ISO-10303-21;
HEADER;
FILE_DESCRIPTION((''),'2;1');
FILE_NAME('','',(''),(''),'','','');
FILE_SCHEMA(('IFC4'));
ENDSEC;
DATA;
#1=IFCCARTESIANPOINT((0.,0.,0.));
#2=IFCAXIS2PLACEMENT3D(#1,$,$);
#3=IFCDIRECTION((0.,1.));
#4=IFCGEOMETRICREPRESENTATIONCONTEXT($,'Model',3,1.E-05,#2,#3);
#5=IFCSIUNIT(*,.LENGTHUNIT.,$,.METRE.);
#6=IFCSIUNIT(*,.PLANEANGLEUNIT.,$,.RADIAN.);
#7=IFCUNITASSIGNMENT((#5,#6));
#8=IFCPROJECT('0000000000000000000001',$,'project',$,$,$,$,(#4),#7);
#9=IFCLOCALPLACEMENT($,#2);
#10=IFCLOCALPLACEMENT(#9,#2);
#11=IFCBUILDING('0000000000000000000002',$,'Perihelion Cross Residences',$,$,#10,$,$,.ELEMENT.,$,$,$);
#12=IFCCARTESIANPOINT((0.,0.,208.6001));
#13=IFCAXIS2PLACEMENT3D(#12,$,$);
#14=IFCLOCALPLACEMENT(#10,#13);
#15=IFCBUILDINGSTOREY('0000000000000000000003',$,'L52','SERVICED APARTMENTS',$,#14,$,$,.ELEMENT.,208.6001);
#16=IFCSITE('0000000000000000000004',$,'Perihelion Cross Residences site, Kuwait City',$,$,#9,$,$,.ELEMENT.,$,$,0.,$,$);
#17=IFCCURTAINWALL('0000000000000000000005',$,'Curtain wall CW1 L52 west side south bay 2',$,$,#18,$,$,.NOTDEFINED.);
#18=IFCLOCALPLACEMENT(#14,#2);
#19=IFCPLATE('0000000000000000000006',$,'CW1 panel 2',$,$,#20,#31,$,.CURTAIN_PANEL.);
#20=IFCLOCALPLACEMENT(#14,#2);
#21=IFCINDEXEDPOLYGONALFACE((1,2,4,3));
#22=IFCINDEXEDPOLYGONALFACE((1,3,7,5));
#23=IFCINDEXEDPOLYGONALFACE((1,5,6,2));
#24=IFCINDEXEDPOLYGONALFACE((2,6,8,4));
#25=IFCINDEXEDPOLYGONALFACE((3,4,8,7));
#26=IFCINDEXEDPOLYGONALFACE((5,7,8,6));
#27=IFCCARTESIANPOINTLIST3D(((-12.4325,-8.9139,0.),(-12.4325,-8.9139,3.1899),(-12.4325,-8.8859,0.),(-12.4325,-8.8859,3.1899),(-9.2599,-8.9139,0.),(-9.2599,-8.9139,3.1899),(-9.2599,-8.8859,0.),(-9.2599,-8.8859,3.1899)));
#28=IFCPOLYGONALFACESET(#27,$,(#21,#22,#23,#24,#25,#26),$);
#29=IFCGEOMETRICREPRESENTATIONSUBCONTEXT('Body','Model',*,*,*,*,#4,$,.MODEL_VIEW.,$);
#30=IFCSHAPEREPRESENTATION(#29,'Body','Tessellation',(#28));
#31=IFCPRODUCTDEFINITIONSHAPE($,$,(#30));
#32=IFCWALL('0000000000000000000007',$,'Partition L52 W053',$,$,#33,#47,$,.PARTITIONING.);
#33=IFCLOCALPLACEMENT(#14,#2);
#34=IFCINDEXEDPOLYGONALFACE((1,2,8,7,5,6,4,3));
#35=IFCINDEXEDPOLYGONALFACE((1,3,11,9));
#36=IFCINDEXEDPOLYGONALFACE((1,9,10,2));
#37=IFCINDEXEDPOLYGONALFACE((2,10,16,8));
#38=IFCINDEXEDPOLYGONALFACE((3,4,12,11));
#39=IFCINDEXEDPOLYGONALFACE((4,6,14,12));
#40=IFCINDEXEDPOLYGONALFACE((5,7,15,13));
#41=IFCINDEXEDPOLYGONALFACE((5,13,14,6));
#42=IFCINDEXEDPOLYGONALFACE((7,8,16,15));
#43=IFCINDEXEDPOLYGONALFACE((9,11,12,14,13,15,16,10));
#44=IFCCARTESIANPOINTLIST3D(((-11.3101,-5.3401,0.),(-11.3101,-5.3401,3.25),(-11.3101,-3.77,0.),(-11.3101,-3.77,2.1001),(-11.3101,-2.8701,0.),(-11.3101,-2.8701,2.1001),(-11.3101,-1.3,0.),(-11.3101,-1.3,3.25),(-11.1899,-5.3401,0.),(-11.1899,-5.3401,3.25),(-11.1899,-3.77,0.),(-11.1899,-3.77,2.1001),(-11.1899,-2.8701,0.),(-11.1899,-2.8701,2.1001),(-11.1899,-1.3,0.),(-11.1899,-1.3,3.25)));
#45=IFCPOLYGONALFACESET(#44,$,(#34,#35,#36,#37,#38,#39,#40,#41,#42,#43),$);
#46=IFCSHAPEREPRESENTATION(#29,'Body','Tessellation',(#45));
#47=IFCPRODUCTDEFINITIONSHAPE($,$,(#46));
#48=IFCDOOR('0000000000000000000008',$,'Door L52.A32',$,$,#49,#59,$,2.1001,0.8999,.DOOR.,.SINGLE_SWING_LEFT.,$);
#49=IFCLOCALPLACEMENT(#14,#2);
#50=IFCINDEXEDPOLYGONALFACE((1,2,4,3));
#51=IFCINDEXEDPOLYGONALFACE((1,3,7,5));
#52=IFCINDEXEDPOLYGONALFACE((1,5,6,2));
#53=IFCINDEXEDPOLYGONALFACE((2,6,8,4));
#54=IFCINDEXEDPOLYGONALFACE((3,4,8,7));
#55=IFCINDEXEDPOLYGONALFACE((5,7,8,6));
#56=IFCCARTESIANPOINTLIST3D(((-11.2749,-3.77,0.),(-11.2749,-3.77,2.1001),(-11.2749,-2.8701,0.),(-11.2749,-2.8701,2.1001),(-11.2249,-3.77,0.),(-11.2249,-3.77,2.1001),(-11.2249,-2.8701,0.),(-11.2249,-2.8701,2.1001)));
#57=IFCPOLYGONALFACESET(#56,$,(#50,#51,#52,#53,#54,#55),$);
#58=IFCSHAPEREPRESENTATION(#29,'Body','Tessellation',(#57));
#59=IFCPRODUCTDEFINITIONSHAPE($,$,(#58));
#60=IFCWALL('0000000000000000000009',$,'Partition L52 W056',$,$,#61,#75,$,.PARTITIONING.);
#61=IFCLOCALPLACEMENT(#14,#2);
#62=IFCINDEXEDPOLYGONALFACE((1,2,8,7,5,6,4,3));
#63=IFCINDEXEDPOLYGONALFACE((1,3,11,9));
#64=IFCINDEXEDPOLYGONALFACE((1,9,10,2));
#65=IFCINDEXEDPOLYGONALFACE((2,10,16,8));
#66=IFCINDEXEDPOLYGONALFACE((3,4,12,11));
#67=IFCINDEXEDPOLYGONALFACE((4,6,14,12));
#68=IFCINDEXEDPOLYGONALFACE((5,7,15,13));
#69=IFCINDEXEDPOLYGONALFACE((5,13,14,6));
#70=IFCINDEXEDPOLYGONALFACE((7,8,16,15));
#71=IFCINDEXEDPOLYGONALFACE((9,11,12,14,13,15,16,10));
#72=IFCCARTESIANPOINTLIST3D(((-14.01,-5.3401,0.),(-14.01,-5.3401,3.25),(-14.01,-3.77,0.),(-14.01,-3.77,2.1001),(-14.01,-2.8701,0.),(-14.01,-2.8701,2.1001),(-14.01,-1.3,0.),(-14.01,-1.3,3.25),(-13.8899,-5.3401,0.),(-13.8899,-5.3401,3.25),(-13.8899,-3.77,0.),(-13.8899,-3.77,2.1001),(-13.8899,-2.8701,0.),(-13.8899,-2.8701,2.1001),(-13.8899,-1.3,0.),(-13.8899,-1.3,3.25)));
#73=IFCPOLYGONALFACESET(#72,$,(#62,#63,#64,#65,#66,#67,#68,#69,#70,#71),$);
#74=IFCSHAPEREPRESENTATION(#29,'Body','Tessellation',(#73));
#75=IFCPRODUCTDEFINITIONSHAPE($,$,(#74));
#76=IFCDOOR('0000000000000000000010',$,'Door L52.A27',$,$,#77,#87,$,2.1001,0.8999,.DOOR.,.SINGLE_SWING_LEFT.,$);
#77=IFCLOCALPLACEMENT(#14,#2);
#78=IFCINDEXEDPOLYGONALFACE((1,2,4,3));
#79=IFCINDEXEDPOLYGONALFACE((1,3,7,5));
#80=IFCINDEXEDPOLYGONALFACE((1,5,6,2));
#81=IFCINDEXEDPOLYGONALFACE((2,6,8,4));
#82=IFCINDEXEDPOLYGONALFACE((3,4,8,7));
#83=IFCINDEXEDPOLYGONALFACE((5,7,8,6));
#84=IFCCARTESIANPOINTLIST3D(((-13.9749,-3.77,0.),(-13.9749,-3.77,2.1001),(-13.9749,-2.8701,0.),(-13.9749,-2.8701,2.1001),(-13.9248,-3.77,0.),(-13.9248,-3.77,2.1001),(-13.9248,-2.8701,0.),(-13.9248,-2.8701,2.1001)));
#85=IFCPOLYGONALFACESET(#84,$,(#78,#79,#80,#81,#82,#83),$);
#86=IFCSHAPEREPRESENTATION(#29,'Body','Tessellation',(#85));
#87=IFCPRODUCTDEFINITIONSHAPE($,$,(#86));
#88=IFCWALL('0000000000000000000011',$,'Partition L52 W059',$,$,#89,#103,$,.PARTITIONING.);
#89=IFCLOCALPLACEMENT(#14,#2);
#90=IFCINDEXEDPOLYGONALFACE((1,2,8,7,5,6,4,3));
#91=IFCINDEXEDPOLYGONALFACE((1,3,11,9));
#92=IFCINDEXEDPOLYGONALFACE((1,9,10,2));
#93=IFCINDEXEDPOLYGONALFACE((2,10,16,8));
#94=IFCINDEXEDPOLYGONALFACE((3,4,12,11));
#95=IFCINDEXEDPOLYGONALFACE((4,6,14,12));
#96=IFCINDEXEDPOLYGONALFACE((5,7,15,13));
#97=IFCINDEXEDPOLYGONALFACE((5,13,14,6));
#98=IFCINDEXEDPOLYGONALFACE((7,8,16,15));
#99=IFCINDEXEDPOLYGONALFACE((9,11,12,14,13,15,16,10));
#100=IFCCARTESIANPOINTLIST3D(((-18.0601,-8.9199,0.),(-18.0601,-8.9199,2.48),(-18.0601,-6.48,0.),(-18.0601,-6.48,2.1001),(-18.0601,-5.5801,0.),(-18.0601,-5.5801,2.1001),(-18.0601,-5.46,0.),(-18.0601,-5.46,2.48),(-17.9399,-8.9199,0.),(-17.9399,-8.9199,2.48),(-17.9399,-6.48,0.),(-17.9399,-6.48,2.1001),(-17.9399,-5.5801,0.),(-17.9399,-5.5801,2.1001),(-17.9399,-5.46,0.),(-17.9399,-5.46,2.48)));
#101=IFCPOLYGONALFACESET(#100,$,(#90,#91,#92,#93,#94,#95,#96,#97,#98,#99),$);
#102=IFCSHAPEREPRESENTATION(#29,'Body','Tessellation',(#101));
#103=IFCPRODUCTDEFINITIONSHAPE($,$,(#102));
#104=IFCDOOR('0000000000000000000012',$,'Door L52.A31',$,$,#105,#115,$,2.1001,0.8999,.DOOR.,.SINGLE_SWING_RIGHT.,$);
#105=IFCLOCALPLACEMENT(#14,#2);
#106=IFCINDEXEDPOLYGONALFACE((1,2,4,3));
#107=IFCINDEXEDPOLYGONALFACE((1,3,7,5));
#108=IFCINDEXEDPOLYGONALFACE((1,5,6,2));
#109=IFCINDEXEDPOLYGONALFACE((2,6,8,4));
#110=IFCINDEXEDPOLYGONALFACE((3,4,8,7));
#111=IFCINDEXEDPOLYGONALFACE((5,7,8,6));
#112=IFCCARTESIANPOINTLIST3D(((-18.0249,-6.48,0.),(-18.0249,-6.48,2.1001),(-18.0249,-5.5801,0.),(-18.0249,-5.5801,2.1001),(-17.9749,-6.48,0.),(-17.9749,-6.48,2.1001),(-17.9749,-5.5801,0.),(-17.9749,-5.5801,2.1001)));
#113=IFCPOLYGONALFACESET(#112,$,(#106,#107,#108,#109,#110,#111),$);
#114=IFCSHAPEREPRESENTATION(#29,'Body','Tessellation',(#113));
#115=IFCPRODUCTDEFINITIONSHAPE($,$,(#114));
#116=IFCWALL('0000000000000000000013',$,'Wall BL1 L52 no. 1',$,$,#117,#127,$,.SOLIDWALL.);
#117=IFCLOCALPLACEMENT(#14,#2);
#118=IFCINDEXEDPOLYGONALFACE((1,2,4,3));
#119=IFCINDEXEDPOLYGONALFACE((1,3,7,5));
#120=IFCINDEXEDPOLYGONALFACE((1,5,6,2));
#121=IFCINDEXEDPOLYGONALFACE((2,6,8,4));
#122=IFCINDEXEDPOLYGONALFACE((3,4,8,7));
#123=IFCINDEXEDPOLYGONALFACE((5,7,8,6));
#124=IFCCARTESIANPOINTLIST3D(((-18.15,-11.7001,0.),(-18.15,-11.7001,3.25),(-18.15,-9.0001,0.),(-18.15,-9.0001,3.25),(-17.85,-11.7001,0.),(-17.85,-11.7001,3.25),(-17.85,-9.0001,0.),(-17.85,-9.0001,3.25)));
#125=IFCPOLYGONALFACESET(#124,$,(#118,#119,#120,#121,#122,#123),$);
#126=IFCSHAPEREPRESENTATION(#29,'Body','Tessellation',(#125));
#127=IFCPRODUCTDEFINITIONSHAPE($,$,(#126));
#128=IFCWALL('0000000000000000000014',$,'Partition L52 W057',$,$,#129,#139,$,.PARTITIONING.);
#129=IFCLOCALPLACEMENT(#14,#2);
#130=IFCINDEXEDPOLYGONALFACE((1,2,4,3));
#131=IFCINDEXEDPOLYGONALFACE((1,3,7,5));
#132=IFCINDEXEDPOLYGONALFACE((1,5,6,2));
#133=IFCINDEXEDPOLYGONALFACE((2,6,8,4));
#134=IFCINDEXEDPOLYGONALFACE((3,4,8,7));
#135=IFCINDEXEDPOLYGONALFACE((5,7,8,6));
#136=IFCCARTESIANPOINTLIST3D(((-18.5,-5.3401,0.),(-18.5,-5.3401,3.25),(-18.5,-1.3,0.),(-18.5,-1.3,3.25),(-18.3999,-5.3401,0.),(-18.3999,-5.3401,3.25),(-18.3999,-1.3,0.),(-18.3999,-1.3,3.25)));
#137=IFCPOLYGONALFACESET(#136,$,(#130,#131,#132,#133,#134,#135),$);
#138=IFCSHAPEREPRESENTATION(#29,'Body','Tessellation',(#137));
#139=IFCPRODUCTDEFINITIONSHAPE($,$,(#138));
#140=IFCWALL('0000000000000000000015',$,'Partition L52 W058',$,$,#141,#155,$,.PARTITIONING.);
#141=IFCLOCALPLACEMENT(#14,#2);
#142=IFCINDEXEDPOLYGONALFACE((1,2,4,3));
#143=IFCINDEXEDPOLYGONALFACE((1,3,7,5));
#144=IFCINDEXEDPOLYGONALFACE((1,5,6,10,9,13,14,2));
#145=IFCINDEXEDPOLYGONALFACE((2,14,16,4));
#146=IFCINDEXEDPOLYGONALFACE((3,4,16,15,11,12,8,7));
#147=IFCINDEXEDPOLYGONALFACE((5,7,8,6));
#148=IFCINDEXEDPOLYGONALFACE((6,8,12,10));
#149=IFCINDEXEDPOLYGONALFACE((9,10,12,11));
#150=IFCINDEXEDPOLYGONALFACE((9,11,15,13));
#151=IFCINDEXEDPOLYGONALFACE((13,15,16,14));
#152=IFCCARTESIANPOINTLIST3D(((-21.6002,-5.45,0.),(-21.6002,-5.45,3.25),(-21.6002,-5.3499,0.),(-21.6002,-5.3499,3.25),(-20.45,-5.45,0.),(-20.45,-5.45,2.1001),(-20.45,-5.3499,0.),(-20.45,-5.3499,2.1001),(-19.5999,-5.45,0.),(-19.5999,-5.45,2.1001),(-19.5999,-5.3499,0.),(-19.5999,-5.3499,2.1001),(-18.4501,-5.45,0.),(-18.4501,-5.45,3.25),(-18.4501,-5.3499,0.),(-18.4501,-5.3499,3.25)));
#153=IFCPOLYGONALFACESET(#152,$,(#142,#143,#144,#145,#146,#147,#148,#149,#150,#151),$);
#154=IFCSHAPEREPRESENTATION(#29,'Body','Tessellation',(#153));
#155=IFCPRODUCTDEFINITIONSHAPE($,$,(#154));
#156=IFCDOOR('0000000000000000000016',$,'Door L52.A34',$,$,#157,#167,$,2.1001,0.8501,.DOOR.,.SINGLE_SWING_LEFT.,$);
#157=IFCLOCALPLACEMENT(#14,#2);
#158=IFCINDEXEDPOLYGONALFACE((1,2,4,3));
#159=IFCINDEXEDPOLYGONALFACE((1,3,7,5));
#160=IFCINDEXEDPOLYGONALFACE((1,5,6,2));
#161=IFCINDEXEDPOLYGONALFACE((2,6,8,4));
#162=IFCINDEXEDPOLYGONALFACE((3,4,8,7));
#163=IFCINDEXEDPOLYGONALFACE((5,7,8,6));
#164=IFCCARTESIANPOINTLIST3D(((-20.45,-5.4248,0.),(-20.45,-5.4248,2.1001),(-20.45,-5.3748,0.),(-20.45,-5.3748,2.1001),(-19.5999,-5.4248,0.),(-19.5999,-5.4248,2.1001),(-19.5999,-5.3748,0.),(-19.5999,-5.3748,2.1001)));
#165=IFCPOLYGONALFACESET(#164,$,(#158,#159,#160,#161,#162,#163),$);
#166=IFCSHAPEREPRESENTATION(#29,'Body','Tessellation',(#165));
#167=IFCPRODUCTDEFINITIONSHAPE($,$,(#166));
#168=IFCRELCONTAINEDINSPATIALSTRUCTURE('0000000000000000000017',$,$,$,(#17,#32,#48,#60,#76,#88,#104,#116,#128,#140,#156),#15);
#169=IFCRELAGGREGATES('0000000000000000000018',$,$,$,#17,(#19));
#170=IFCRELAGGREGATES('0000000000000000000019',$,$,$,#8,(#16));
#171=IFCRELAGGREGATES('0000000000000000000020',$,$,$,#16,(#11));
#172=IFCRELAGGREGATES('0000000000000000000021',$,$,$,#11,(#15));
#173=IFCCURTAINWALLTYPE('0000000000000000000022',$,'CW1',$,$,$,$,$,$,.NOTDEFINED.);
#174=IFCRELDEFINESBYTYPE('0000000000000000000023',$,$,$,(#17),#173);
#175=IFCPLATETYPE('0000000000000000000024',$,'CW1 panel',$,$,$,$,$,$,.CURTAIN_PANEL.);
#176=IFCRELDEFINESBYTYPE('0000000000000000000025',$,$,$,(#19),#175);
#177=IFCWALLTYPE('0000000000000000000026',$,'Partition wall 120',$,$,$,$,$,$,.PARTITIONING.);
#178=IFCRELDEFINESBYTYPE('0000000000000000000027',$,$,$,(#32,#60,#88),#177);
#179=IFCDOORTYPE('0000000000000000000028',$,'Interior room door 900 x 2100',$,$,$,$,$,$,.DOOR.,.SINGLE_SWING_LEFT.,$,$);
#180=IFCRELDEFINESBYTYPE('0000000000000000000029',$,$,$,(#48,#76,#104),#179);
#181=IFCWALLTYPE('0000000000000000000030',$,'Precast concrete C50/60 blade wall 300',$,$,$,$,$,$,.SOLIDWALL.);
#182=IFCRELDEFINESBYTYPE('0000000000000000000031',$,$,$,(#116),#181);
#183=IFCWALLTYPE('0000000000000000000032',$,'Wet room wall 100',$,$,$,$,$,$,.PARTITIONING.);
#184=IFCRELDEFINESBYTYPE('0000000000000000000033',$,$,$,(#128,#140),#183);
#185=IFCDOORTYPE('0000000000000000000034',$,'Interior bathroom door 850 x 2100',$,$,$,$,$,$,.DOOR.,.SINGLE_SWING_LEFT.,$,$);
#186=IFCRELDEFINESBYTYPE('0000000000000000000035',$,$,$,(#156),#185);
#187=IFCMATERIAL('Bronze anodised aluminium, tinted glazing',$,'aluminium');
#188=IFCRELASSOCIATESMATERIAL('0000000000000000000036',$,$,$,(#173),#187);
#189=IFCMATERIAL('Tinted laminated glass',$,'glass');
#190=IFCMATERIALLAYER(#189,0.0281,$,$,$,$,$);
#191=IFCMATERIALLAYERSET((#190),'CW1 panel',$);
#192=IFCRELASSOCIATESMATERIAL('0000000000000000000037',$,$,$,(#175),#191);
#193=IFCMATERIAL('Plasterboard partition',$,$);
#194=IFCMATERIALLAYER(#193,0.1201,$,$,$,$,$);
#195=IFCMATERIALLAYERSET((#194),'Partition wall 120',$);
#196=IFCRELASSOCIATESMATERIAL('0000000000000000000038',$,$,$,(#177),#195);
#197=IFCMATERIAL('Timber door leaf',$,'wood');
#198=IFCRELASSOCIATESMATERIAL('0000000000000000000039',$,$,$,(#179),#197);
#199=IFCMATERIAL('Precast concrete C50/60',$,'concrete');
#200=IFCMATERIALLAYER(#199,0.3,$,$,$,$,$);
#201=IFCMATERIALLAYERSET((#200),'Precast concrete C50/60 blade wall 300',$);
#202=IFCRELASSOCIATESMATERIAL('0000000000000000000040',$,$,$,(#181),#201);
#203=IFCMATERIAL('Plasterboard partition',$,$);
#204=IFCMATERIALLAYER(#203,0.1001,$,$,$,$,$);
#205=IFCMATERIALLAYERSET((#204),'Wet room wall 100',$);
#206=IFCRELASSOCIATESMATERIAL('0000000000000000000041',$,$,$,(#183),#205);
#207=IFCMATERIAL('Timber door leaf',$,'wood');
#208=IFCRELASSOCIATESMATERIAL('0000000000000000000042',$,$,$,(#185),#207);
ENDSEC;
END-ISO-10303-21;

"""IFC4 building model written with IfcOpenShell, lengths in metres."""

from ifc_helpers import new_model, si_unit, direction, frame, frame_2d, origin, origin_2d, place, context, subcontext, project, spatial, rectangle, extrude, material, layer, layer_set, type_object, element, fill, aggregate, save


model = new_model("IFC4")

# Units and contexts
model_context = context("Model", 3, precision=1e-05, world=origin(), true_north=direction((0.0, 1.0)))
body_context = subcontext(model_context, "Body", "Model", "MODEL_VIEW")
ifc_project = project(units=[si_unit("LENGTHUNIT", "METRE"), si_unit("PLANEANGLEUNIT", "RADIAN")], contexts=[model_context])

# Site, building, storey
site_placement = place(None, origin())
site = spatial("IfcSite", under=ifc_project, at=site_placement, Name="Perihelion Cross Residences site, Kuwait City", CompositionType="ELEMENT", RefElevation=0.0)
building_placement = place(site_placement, origin())
building = spatial("IfcBuilding", under=site, at=building_placement, Name="Perihelion Cross Residences", CompositionType="ELEMENT")
storey_placement = place(building_placement, frame((0.0, 0.0, 208.6001)))
storey = spatial("IfcBuildingStorey", under=building, at=storey_placement, Name="L52", Description="SERVICED APARTMENTS", CompositionType="ELEMENT", Elevation=208.6001)

# Curtain wall
ifc_material_1 = material(Name="Bronze anodised aluminium, tinted glazing", Category="aluminium")
curtain_wall_type = type_object("IfcCurtainWallType", Name="CW1", PredefinedType="NOTDEFINED", material=ifc_material_1)
curtain_wall_placement = place(storey_placement, origin())
curtain_wall = element("IfcCurtainWall", 1, at=curtain_wall_placement, inside=storey, type_object=curtain_wall_type, Name="Curtain wall CW1 L52 west side south bay 2", PredefinedType="NOTDEFINED")

# Plate
ifc_material_2 = material(Name="Tinted laminated glass", Category="glass")
ifc_layer_1 = layer(ifc_material_2, 0.0281)
ifc_layer_set_1 = layer_set([ifc_layer_1], Name="CW1 panel")
plate_type = type_object("IfcPlateType", Name="CW1 panel", PredefinedType="CURTAIN_PANEL", material=ifc_layer_set_1)
plate_1_placement = place(storey_placement, frame((-10.8462, -8.8999, 0.0), z_axis=(0.0, 0.0, 1.0), x_axis=(1.0, 0.0, 0.0)))
plate_1 = element("IfcPlate", 2, at=plate_1_placement, type_object=plate_type, Name="CW1 panel 2", PredefinedType="CURTAIN_PANEL", context=body_context, shape_type="SweptSolid", body=[
    extrude(rectangle(XDim=3.1726, YDim=0.0281, at=origin_2d()), origin(), (0.0, 0.0, 1.0), 3.1899),
])
aggregate(curtain_wall, [plate_1])

# Walls, openings, doors
ifc_material_3 = material(Name="Plasterboard partition")
ifc_layer_2 = layer(ifc_material_3, 0.1201)
ifc_layer_set_2 = layer_set([ifc_layer_2], Name="Partition wall 120")
wall_type_1 = type_object("IfcWallType", Name="Partition wall 120", PredefinedType="PARTITIONING", material=ifc_layer_set_2)
wall_1_placement = place(storey_placement, frame((-11.25, -5.3401, 0.0), z_axis=(0.0, 0.0, 1.0), x_axis=(0.0, 1.0, 0.0)))
wall_1 = element("IfcWall", 3, at=wall_1_placement, inside=storey, type_object=wall_type_1, Name="Partition L52 W053", PredefinedType="PARTITIONING", context=body_context, shape_type="SweptSolid", body=[
    extrude(rectangle(XDim=4.04, YDim=0.1201, at=frame_2d((2.02, 0.0))), origin(), (0.0, 0.0, 1.0), 3.25),
])
opening_1_placement = place(wall_1_placement, frame((1.5701, 0.0, 0.0)))
opening_1 = element("IfcOpeningElement", 4, at=opening_1_placement, cuts=wall_1, PredefinedType="OPENING", context=body_context, shape_type="SweptSolid", body=[
    extrude(rectangle(XDim=0.8999, YDim=2.1001, at=frame_2d((0.45, 1.05))), frame((0.0, 0.0701, 0.0), z_axis=(0.0, -1.0, 0.0), x_axis=(1.0, 0.0, 0.0)), (0.0, 0.0, 1.0), 0.1401),
])
ifc_material_4 = material(Name="Timber door leaf", Category="wood")
door_type_1 = type_object("IfcDoorType", Name="Interior room door 900 x 2100", OperationType="SINGLE_SWING_LEFT", PredefinedType="DOOR", material=ifc_material_4)
door_1_placement = place(opening_1_placement, origin())
door_1 = element("IfcDoor", 5, at=door_1_placement, inside=storey, type_object=door_type_1, Name="Door L52.A32", OperationType="SINGLE_SWING_LEFT", OverallHeight=2.1001, OverallWidth=0.8999, PredefinedType="DOOR", context=body_context, shape_type="SweptSolid", body=[
    extrude(rectangle(XDim=0.8999, YDim=2.1001, at=frame_2d((0.45, 1.05))), frame((0.0, 0.0249, 0.0), z_axis=(0.0, -1.0, 0.0), x_axis=(1.0, 0.0, 0.0)), (0.0, 0.0, 1.0), 0.05),
])
fill(opening_1, door_1)
wall_2_placement = place(storey_placement, frame((-13.95, -5.3401, 0.0), z_axis=(0.0, 0.0, 1.0), x_axis=(0.0, 1.0, 0.0)))
wall_2 = element("IfcWall", 6, at=wall_2_placement, inside=storey, type_object=wall_type_1, Name="Partition L52 W056", PredefinedType="PARTITIONING", context=body_context, shape_type="SweptSolid", body=[
    extrude(rectangle(XDim=4.04, YDim=0.1201, at=frame_2d((2.02, 0.0))), origin(), (0.0, 0.0, 1.0), 3.25),
])
opening_2_placement = place(wall_2_placement, frame((1.5701, 0.0, 0.0)))
opening_2 = element("IfcOpeningElement", 7, at=opening_2_placement, cuts=wall_2, PredefinedType="OPENING", context=body_context, shape_type="SweptSolid", body=[
    extrude(rectangle(XDim=0.8999, YDim=2.1001, at=frame_2d((0.45, 1.05))), frame((0.0, 0.0701, 0.0), z_axis=(0.0, -1.0, 0.0), x_axis=(1.0, 0.0, 0.0)), (0.0, 0.0, 1.0), 0.1401),
])
door_2_placement = place(opening_2_placement, origin())
door_2 = element("IfcDoor", 8, at=door_2_placement, inside=storey, type_object=door_type_1, Name="Door L52.A27", OperationType="SINGLE_SWING_LEFT", OverallHeight=2.1001, OverallWidth=0.8999, PredefinedType="DOOR", context=body_context, shape_type="SweptSolid", body=[
    extrude(rectangle(XDim=0.8999, YDim=2.1001, at=frame_2d((0.45, 1.05))), frame((0.0, 0.0249, 0.0), z_axis=(0.0, -1.0, 0.0), x_axis=(1.0, 0.0, 0.0)), (0.0, 0.0, 1.0), 0.05),
])
fill(opening_2, door_2)
wall_3_placement = place(storey_placement, frame((-18.0, -8.9199, 0.0), z_axis=(0.0, 0.0, 1.0), x_axis=(0.0, 1.0, 0.0)))
wall_3 = element("IfcWall", 9, at=wall_3_placement, inside=storey, type_object=wall_type_1, Name="Partition L52 W059", PredefinedType="PARTITIONING", context=body_context, shape_type="SweptSolid", body=[
    extrude(rectangle(XDim=3.46, YDim=0.1201, at=frame_2d((1.73, 0.0))), origin(), (0.0, 0.0, 1.0), 2.48),
])
opening_3_placement = place(wall_3_placement, frame((2.4399, 0.0, 0.0)))
opening_3 = element("IfcOpeningElement", 10, at=opening_3_placement, cuts=wall_3, PredefinedType="OPENING", context=body_context, shape_type="SweptSolid", body=[
    extrude(rectangle(XDim=0.8999, YDim=2.1001, at=frame_2d((0.45, 1.05))), frame((0.0, 0.0701, 0.0), z_axis=(0.0, -1.0, 0.0), x_axis=(1.0, 0.0, 0.0)), (0.0, 0.0, 1.0), 0.1401),
])
door_3_placement = place(opening_3_placement, origin())
door_3 = element("IfcDoor", 11, at=door_3_placement, inside=storey, type_object=door_type_1, Name="Door L52.A31", OperationType="SINGLE_SWING_RIGHT", OverallHeight=2.1001, OverallWidth=0.8999, PredefinedType="DOOR", context=body_context, shape_type="SweptSolid", body=[
    extrude(rectangle(XDim=0.8999, YDim=2.1001, at=frame_2d((0.45, 1.05))), frame((0.0, 0.0249, 0.0), z_axis=(0.0, -1.0, 0.0), x_axis=(1.0, 0.0, 0.0)), (0.0, 0.0, 1.0), 0.05),
])
fill(opening_3, door_3)

# Walls
ifc_material_5 = material(Name="Precast concrete C50/60", Category="concrete")
ifc_layer_3 = layer(ifc_material_5, 0.3)
ifc_layer_set_3 = layer_set([ifc_layer_3], Name="Precast concrete C50/60 blade wall 300")
wall_type_2 = type_object("IfcWallType", Name="Precast concrete C50/60 blade wall 300", PredefinedType="SOLIDWALL", material=ifc_layer_set_3)
wall_4_placement = place(storey_placement, frame((-18.0, -9.0, 0.0), z_axis=(0.0, 0.0, 1.0), x_axis=(0.0, -1.0, 0.0)))
element("IfcWall", 12, at=wall_4_placement, inside=storey, type_object=wall_type_2, Name="Wall BL1 L52 no. 1", PredefinedType="SOLIDWALL", context=body_context, shape_type="SweptSolid", body=[
    extrude(rectangle(XDim=2.7, YDim=0.3, at=frame_2d((1.3501, 0.0))), origin(), (0.0, 0.0, 1.0), 3.25),
])
ifc_material_6 = material(Name="Plasterboard partition")
ifc_layer_4 = layer(ifc_material_6, 0.1001)
ifc_layer_set_4 = layer_set([ifc_layer_4], Name="Wet room wall 100")
wall_type_3 = type_object("IfcWallType", Name="Wet room wall 100", PredefinedType="PARTITIONING", material=ifc_layer_set_4)
wall_5_placement = place(storey_placement, frame((-18.45, -5.3401, 0.0), z_axis=(0.0, 0.0, 1.0), x_axis=(0.0, 1.0, 0.0)))
element("IfcWall", 13, at=wall_5_placement, inside=storey, type_object=wall_type_3, Name="Partition L52 W057", PredefinedType="PARTITIONING", context=body_context, shape_type="SweptSolid", body=[
    extrude(rectangle(XDim=4.04, YDim=0.1001, at=frame_2d((2.02, 0.0))), origin(), (0.0, 0.0, 1.0), 3.25),
])

# Wall, opening, door
wall_6_placement = place(storey_placement, frame((-18.45, -5.3999, 0.0), z_axis=(0.0, 0.0, 1.0), x_axis=(-1.0, 0.0, 0.0)))
wall_6 = element("IfcWall", 14, at=wall_6_placement, inside=storey, type_object=wall_type_3, Name="Partition L52 W058", PredefinedType="PARTITIONING", context=body_context, shape_type="SweptSolid", body=[
    extrude(rectangle(XDim=3.1501, YDim=0.1001, at=frame_2d((1.5752, 0.0))), origin(), (0.0, 0.0, 1.0), 3.25),
])
opening_4_placement = place(wall_6_placement, frame((1.1499, 0.0, 0.0)))
opening_4 = element("IfcOpeningElement", 15, at=opening_4_placement, cuts=wall_6, PredefinedType="OPENING", context=body_context, shape_type="SweptSolid", body=[
    extrude(rectangle(XDim=0.8501, YDim=2.1001, at=frame_2d((0.425, 1.05))), frame((0.0, 0.0601, 0.0), z_axis=(0.0, -1.0, 0.0), x_axis=(1.0, 0.0, 0.0)), (0.0, 0.0, 1.0), 0.1201),
])
ifc_material_7 = material(Name="Timber door leaf", Category="wood")
door_type_2 = type_object("IfcDoorType", Name="Interior bathroom door 850 x 2100", OperationType="SINGLE_SWING_LEFT", PredefinedType="DOOR", material=ifc_material_7)
door_4_placement = place(opening_4_placement, origin())
door_4 = element("IfcDoor", 16, at=door_4_placement, inside=storey, type_object=door_type_2, Name="Door L52.A34", OperationType="SINGLE_SWING_LEFT", OverallHeight=2.1001, OverallWidth=0.8501, PredefinedType="DOOR", context=body_context, shape_type="SweptSolid", body=[
    extrude(rectangle(XDim=0.8501, YDim=2.1001, at=frame_2d((0.425, 1.05))), frame((0.0, 0.0249, 0.0), z_axis=(0.0, -1.0, 0.0), x_axis=(1.0, 0.0, 0.0)), (0.0, 0.0, 1.0), 0.05),
])
fill(opening_4, door_4)

save(model, "model.ifc")
